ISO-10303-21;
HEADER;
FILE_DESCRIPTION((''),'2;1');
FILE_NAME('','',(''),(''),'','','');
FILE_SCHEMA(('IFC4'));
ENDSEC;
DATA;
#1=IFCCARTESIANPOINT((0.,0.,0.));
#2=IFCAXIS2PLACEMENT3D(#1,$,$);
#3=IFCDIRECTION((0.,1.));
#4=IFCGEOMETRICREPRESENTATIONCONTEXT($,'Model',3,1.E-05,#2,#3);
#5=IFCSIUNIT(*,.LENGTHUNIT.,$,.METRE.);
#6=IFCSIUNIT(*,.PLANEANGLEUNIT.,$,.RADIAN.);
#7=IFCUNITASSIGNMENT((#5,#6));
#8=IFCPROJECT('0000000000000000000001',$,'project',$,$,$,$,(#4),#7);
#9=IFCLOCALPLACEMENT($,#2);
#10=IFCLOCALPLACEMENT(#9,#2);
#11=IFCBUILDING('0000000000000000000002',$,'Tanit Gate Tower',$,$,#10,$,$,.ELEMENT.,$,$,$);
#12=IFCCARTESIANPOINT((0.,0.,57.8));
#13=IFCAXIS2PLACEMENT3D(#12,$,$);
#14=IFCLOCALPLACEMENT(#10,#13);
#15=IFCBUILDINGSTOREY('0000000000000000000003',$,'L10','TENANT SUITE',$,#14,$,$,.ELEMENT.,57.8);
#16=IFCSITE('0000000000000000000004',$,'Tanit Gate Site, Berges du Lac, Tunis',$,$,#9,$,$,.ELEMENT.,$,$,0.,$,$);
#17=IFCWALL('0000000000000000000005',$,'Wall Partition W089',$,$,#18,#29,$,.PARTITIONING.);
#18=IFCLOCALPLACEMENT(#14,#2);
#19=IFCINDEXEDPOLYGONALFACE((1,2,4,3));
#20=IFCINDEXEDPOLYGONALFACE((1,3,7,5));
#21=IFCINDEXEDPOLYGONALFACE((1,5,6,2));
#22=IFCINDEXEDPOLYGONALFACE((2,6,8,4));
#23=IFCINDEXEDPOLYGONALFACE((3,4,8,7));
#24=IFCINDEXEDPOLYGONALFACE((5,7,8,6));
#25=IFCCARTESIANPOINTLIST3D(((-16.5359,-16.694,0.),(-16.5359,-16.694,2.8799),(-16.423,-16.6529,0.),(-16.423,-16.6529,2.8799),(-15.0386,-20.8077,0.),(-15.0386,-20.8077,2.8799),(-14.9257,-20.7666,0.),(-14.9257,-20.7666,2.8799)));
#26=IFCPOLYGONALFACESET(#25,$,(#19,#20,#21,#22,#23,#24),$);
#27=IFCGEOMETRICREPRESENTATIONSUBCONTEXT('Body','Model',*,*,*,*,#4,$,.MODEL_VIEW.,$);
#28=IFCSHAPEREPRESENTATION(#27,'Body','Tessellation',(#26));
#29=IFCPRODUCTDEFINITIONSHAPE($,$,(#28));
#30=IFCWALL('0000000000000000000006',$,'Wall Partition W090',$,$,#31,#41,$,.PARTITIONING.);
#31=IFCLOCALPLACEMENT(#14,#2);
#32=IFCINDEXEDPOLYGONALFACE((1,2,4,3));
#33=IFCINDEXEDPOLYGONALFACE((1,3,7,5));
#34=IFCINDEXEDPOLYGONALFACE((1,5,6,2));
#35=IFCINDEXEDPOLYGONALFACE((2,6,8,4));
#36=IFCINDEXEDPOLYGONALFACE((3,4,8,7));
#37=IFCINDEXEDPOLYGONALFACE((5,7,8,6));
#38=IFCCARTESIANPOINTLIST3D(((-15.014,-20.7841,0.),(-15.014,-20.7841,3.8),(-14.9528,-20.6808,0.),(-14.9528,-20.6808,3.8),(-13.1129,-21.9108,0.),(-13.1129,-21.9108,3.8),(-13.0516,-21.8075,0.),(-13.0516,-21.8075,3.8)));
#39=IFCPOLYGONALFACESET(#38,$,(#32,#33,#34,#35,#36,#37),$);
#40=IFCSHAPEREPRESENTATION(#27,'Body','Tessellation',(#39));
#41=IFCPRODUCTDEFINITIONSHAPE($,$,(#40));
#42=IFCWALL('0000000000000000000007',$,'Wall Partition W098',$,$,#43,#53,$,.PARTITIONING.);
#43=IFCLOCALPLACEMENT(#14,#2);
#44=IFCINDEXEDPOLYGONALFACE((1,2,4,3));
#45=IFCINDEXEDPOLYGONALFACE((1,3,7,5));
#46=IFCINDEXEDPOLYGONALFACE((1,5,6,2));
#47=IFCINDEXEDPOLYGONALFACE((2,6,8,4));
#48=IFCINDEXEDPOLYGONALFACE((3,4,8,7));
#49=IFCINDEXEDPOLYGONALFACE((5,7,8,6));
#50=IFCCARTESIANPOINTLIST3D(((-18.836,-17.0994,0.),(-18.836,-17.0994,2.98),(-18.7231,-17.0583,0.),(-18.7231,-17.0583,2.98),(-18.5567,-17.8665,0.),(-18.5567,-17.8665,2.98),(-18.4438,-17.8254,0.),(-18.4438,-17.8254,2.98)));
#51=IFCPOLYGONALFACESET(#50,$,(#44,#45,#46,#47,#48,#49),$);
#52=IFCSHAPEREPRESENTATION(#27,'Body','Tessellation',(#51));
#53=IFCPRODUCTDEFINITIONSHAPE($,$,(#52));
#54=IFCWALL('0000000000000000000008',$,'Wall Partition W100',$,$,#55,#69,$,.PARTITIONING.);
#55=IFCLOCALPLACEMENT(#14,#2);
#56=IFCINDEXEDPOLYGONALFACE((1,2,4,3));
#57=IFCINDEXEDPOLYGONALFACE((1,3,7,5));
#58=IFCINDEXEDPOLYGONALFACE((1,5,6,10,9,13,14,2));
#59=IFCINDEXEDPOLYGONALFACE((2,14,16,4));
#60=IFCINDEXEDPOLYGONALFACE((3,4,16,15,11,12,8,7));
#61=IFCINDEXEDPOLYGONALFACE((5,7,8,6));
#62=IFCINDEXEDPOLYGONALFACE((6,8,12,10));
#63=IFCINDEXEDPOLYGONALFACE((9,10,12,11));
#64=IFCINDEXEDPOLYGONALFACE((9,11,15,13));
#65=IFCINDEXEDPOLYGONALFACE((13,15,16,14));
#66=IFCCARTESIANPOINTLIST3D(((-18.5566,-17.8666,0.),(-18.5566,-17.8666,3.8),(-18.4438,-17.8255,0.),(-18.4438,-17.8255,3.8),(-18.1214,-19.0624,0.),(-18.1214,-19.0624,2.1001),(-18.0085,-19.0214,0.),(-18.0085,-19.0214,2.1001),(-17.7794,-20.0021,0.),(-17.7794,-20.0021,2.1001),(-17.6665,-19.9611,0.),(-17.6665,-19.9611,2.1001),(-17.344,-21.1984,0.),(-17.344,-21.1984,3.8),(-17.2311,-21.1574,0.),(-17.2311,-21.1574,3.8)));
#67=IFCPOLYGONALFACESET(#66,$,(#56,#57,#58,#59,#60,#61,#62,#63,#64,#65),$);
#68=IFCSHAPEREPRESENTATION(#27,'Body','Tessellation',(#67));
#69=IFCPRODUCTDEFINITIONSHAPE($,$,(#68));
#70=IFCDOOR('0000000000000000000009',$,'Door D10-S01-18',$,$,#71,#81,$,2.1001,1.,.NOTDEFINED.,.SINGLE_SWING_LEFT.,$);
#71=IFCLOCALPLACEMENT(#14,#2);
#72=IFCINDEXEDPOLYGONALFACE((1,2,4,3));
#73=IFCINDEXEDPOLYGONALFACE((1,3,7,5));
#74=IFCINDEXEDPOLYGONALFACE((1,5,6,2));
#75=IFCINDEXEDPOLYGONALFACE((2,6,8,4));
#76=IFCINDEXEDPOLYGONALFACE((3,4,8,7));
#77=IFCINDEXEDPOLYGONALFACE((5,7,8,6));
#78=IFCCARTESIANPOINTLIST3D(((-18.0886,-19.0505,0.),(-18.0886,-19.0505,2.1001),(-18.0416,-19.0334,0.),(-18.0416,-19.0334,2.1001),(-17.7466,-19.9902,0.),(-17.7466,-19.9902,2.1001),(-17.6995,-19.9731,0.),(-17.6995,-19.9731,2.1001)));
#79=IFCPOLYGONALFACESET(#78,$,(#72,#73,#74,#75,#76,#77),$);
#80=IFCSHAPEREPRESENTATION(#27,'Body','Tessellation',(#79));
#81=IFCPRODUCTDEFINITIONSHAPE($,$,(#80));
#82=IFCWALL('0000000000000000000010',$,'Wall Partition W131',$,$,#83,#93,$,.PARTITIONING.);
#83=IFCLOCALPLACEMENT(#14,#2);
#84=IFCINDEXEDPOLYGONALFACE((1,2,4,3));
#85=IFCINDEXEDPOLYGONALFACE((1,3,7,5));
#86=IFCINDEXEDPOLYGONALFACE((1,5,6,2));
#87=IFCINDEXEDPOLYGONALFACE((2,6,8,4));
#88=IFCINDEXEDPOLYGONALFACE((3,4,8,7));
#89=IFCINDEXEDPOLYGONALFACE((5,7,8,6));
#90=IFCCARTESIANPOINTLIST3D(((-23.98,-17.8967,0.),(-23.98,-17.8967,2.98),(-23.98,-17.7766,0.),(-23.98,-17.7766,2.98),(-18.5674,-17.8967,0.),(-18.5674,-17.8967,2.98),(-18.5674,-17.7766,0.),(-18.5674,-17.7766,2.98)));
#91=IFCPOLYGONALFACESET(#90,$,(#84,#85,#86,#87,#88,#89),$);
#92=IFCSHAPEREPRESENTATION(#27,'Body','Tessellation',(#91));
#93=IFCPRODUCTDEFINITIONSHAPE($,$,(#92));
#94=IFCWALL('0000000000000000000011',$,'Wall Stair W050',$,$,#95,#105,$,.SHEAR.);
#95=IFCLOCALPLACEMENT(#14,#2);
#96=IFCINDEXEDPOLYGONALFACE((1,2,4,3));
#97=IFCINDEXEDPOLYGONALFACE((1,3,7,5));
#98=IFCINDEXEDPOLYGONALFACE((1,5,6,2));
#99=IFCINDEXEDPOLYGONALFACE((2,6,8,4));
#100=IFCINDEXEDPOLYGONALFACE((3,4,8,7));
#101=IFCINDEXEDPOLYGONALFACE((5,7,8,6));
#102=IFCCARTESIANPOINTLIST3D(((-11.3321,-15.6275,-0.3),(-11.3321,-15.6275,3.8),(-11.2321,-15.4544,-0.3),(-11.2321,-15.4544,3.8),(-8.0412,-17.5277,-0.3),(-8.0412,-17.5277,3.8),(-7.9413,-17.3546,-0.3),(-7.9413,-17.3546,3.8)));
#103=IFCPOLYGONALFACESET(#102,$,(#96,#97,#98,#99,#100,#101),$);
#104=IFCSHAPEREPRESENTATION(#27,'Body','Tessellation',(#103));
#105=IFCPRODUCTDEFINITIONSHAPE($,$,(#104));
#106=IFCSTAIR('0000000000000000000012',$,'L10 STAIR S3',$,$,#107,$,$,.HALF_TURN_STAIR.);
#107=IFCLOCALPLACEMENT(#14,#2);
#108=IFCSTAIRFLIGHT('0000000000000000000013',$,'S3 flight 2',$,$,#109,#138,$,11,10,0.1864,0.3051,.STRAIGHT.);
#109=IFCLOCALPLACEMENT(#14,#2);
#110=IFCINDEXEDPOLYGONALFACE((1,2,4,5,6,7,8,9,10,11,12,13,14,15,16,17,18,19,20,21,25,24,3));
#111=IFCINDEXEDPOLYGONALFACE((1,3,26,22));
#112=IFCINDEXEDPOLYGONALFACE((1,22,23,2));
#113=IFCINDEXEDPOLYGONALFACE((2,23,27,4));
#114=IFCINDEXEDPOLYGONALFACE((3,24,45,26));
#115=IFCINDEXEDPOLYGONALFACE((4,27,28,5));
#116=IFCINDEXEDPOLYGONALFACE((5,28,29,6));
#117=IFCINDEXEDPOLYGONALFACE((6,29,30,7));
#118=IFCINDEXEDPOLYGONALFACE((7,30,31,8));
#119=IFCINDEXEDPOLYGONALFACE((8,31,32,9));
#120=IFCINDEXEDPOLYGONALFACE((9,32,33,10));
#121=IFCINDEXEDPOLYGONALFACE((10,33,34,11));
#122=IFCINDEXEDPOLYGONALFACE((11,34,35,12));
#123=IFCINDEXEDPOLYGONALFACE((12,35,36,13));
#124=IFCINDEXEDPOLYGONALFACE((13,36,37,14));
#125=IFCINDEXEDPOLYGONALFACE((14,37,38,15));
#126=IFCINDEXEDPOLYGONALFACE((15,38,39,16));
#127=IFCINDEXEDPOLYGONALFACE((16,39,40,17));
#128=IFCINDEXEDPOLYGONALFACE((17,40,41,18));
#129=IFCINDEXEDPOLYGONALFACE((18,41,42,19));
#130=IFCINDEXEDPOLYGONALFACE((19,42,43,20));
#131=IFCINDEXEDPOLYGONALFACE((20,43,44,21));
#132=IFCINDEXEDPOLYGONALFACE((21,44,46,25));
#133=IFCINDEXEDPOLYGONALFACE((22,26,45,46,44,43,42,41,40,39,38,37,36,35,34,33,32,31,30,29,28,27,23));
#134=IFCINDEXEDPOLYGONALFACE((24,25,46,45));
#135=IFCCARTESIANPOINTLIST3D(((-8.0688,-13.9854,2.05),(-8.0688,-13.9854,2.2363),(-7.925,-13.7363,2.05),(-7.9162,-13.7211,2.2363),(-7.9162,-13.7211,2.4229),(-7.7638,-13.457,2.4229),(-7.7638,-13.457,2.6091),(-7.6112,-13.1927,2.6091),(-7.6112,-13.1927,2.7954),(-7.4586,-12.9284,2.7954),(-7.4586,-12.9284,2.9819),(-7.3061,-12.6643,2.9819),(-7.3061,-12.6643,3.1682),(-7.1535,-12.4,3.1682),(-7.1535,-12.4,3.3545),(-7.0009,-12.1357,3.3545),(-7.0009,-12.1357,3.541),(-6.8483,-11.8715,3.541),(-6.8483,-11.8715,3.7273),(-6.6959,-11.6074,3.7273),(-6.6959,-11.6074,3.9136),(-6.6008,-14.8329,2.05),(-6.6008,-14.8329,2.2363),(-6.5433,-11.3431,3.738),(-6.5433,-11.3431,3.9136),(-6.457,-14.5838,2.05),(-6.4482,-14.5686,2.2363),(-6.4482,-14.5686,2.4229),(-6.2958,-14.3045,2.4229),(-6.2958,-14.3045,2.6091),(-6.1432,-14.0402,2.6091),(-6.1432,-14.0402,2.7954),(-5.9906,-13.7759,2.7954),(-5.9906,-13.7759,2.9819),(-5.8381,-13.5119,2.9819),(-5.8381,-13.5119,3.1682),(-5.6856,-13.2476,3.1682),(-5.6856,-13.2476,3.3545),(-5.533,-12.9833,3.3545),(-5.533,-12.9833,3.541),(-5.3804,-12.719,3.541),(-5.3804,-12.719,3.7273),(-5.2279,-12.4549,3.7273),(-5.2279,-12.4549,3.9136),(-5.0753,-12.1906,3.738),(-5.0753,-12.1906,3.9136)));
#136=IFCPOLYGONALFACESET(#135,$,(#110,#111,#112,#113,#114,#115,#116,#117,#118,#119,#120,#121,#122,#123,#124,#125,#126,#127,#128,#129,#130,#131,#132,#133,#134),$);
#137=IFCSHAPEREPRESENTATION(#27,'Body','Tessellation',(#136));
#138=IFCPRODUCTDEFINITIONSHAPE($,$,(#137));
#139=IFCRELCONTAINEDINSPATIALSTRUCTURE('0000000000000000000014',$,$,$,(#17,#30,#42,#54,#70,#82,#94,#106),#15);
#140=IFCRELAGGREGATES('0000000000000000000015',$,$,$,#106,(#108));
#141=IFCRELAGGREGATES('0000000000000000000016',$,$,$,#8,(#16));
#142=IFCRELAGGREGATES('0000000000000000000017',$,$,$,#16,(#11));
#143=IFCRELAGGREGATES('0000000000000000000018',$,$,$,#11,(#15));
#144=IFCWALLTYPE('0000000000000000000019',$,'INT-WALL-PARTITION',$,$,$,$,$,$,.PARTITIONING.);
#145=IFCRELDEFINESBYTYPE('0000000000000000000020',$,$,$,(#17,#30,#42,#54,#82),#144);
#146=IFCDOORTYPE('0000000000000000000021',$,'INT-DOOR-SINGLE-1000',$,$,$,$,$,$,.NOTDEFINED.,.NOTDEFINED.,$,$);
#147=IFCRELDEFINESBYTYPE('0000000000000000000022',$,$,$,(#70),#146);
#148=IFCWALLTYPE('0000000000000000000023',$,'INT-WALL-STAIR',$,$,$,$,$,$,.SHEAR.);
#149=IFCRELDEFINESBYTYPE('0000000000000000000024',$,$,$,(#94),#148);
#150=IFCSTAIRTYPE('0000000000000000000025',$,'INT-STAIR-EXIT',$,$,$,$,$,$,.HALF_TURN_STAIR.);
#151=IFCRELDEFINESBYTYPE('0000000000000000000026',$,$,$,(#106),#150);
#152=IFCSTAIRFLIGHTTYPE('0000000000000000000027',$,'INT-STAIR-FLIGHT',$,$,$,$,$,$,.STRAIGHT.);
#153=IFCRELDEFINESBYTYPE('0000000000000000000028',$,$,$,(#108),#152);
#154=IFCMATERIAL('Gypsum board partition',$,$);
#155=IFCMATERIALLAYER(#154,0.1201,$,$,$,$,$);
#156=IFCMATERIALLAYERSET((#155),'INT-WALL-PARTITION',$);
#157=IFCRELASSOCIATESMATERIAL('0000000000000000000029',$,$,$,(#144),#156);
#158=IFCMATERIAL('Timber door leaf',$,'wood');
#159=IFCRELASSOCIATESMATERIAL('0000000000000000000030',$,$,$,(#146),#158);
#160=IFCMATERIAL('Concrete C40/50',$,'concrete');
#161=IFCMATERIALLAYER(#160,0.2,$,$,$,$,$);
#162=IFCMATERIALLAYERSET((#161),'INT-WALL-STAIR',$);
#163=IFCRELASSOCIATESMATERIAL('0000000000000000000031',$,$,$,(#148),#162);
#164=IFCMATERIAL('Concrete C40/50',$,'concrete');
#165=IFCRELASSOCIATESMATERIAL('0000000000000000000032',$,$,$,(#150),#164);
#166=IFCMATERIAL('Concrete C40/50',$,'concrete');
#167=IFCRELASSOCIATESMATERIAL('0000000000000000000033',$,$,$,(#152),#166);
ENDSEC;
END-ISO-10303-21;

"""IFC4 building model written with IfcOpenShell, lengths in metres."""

from ifc_helpers import new_model, si_unit, direction, frame, frame_2d, origin, place, context, subcontext, project, spatial, polyline, rectangle, outline, extrude, material, layer, layer_set, type_object, element, fill, aggregate, save


model = new_model("IFC4")

# Units and contexts
model_context = context("Model", 3, precision=1e-05, world=origin(), true_north=direction((0.0, 1.0)))
body_context = subcontext(model_context, "Body", "Model", "MODEL_VIEW")
ifc_project = project(units=[si_unit("LENGTHUNIT", "METRE"), si_unit("PLANEANGLEUNIT", "RADIAN")], contexts=[model_context])

# Site, building, storey
site_placement = place(None, origin())
site = spatial("IfcSite", under=ifc_project, at=site_placement, Name="Tanit Gate Site, Berges du Lac, Tunis", CompositionType="ELEMENT", RefElevation=0.0)
building_placement = place(site_placement, origin())
building = spatial("IfcBuilding", under=site, at=building_placement, Name="Tanit Gate Tower", CompositionType="ELEMENT")
storey_placement = place(building_placement, frame((0.0, 0.0, 57.8)))
storey = spatial("IfcBuildingStorey", under=building, at=storey_placement, Name="L10", Description="TENANT SUITE", CompositionType="ELEMENT", Elevation=57.8)

# Walls
ifc_material_1 = material(Name="Gypsum board partition")
ifc_layer_1 = layer(ifc_material_1, 0.1201)
ifc_layer_set_1 = layer_set([ifc_layer_1], Name="INT-WALL-PARTITION")
wall_type_1 = type_object("IfcWallType", Name="INT-WALL-PARTITION", PredefinedType="PARTITIONING", material=ifc_layer_set_1)
wall_1_placement = place(storey_placement, frame((-16.4795, -16.6733, 0.0), z_axis=(0.0, 0.0, 1.0), x_axis=(0.342025, -0.939691, 0.0)))
element("IfcWall", 1, at=wall_1_placement, inside=storey, type_object=wall_type_1, Name="Wall Partition W089", PredefinedType="PARTITIONING", context=body_context, shape_type="SweptSolid", body=[
    extrude(rectangle(XDim=4.3777, YDim=0.1201, at=frame_2d((2.189, 0.0))), origin(), (0.0, 0.0, 1.0), 2.8799),
])
wall_2_placement = place(storey_placement, frame((-14.9834, -20.7324, 0.0), z_axis=(0.0, 0.0, 1.0), x_axis=(0.860268, -0.509842, 0.0)))
element("IfcWall", 2, at=wall_2_placement, inside=storey, type_object=wall_type_1, Name="Wall Partition W090", PredefinedType="PARTITIONING", context=body_context, shape_type="SweptSolid", body=[
    extrude(rectangle(XDim=2.21, YDim=0.1201, at=frame_2d((1.105, 0.0))), origin(), (0.0, 0.0, 1.0), 3.8),
])
wall_3_placement = place(storey_placement, frame((-18.7795, -17.0789, 0.0), z_axis=(0.0, 0.0, 1.0), x_axis=(0.342127, -0.939654, 0.0)))
element("IfcWall", 3, at=wall_3_placement, inside=storey, type_object=wall_type_1, Name="Wall Partition W098", PredefinedType="PARTITIONING", context=body_context, shape_type="SweptSolid", body=[
    extrude(rectangle(XDim=0.8164, YDim=0.1201, at=frame_2d((0.4082, 0.0))), origin(), (0.0, 0.0, 1.0), 2.98),
])

# Wall, opening, door
wall_4_placement = place(storey_placement, frame((-18.5002, -17.8459, 0.0), z_axis=(0.0, 0.0, 1.0), x_axis=(0.342014, -0.939695, 0.0)))
wall_4 = element("IfcWall", 4, at=wall_4_placement, inside=storey, type_object=wall_type_1, Name="Wall Partition W100", PredefinedType="PARTITIONING", context=body_context, shape_type="SweptSolid", body=[
    extrude(rectangle(XDim=3.5457, YDim=0.1201, at=frame_2d((1.7729, 0.0))), origin(), (0.0, 0.0, 1.0), 3.8),
])
opening_1_placement = place(wall_4_placement, frame((1.2727, 0.0, 0.0)))
opening_1 = element("IfcOpeningElement", 5, at=opening_1_placement, cuts=wall_4, PredefinedType="OPENING", context=body_context, shape_type="SweptSolid", body=[
    extrude(rectangle(XDim=1.0, YDim=2.1001, at=frame_2d((0.5, 1.05))), frame((0.0, 0.0701, 0.0), z_axis=(0.0, -1.0, 0.0), x_axis=(1.0, 0.0, 0.0)), (0.0, 0.0, 1.0), 0.1401),
])
ifc_material_2 = material(Name="Timber door leaf", Category="wood")
door_type_1 = type_object("IfcDoorType", Name="INT-DOOR-SINGLE-1000", OperationType="NOTDEFINED", PredefinedType="NOTDEFINED", material=ifc_material_2)
door_1_placement = place(opening_1_placement, origin())
door_1 = element("IfcDoor", 6, at=door_1_placement, inside=storey, type_object=door_type_1, Name="Door D10-S01-18", OperationType="SINGLE_SWING_LEFT", OverallHeight=2.1001, OverallWidth=1.0, PredefinedType="NOTDEFINED", context=body_context, shape_type="SweptSolid", body=[
    extrude(rectangle(XDim=1.0, YDim=2.1001, at=frame_2d((0.5, 1.05))), frame((0.0, 0.0249, 0.0), z_axis=(0.0, -1.0, 0.0), x_axis=(1.0, 0.0, 0.0)), (0.0, 0.0, 1.0), 0.05),
])
fill(opening_1, door_1)

# Walls
wall_5_placement = place(storey_placement, frame((-18.5674, -17.8367, 0.0), z_axis=(0.0, 0.0, 1.0), x_axis=(-1.0, 0.0, 0.0)))
element("IfcWall", 7, at=wall_5_placement, inside=storey, type_object=wall_type_1, Name="Wall Partition W131", PredefinedType="PARTITIONING", context=body_context, shape_type="SweptSolid", body=[
    extrude(rectangle(XDim=5.4126, YDim=0.1201, at=frame_2d((2.7063, 0.0))), origin(), (0.0, 0.0, 1.0), 2.98),
])
ifc_material_3 = material(Name="Concrete C40/50", Category="concrete")
ifc_layer_2 = layer(ifc_material_3, 0.2)
ifc_layer_set_2 = layer_set([ifc_layer_2], Name="INT-WALL-STAIR")
wall_type_2 = type_object("IfcWallType", Name="INT-WALL-STAIR", PredefinedType="SHEAR", material=ifc_layer_set_2)
wall_6_placement = place(storey_placement, frame((-11.282, -15.541, -0.3), z_axis=(0.0, 0.0, 1.0), x_axis=(0.866, -0.500043, 0.0)))
element("IfcWall", 8, at=wall_6_placement, inside=storey, type_object=wall_type_2, Name="Wall Stair W050", PredefinedType="SHEAR", context=body_context, shape_type="SweptSolid", body=[
    extrude(rectangle(XDim=3.8, YDim=0.2, at=frame_2d((1.8999, 0.0))), origin(), (0.0, 0.0, 1.0), 4.1001),
])

# Stair, stair flight
ifc_material_4 = material(Name="Concrete C40/50", Category="concrete")
stair_type = type_object("IfcStairType", Name="INT-STAIR-EXIT", PredefinedType="HALF_TURN_STAIR", material=ifc_material_4)
stair_placement = place(storey_placement, origin())
stair = element("IfcStair", 9, at=stair_placement, inside=storey, type_object=stair_type, Name="L10 STAIR S3", PredefinedType="HALF_TURN_STAIR")
ifc_material_5 = material(Name="Concrete C40/50", Category="concrete")
stair_flight_type = type_object("IfcStairFlightType", Name="INT-STAIR-FLIGHT", PredefinedType="STRAIGHT", material=ifc_material_5)
stair_flight_placement = place(storey_placement, frame((-7.3347, -14.4092, 2.05), z_axis=(0.0, 0.0, 1.0), x_axis=(0.5, 0.866025, 0.0)))
stair_flight = element("IfcStairFlight", 10, at=stair_flight_placement, type_object=stair_flight_type, Name="S3 flight 2", NumberOfRisers=11, NumberOfTreads=10, PredefinedType="STRAIGHT", RiserHeight=0.1864, TreadLength=0.3051, context=body_context, shape_type="SweptSolid", body=[
    extrude(outline(polyline([(0.0, 0.0), (0.0, 0.1863), (0.3052, 0.1863), (0.3052, 0.3728), (0.6101, 0.3728), (0.6101, 0.5591), (0.9153, 0.5591), (0.9153, 0.7454), (1.2205, 0.7454), (1.2205, 0.9319), (1.5254, 0.9319), (1.5254, 1.1182), (1.8306, 1.1182), (1.8306, 1.3044), (2.1357, 1.3044), (2.1357, 1.491), (2.4409, 1.491), (2.4409, 1.6772), (2.7458, 1.6772), (2.7458, 1.8635), (3.051, 1.8635), (3.051, 2.05), (3.051, 1.688), (0.2876, 0.0), (0.0, 0.0)])), frame((0.0, 0.8477, 0.0), z_axis=(0.0, -1.0, 0.0), x_axis=(1.0, 0.0, 0.0)), (0.0, 0.0, 1.0), 1.6951),
])
aggregate(stair, [stair_flight])

save(model, "model.ifc")
